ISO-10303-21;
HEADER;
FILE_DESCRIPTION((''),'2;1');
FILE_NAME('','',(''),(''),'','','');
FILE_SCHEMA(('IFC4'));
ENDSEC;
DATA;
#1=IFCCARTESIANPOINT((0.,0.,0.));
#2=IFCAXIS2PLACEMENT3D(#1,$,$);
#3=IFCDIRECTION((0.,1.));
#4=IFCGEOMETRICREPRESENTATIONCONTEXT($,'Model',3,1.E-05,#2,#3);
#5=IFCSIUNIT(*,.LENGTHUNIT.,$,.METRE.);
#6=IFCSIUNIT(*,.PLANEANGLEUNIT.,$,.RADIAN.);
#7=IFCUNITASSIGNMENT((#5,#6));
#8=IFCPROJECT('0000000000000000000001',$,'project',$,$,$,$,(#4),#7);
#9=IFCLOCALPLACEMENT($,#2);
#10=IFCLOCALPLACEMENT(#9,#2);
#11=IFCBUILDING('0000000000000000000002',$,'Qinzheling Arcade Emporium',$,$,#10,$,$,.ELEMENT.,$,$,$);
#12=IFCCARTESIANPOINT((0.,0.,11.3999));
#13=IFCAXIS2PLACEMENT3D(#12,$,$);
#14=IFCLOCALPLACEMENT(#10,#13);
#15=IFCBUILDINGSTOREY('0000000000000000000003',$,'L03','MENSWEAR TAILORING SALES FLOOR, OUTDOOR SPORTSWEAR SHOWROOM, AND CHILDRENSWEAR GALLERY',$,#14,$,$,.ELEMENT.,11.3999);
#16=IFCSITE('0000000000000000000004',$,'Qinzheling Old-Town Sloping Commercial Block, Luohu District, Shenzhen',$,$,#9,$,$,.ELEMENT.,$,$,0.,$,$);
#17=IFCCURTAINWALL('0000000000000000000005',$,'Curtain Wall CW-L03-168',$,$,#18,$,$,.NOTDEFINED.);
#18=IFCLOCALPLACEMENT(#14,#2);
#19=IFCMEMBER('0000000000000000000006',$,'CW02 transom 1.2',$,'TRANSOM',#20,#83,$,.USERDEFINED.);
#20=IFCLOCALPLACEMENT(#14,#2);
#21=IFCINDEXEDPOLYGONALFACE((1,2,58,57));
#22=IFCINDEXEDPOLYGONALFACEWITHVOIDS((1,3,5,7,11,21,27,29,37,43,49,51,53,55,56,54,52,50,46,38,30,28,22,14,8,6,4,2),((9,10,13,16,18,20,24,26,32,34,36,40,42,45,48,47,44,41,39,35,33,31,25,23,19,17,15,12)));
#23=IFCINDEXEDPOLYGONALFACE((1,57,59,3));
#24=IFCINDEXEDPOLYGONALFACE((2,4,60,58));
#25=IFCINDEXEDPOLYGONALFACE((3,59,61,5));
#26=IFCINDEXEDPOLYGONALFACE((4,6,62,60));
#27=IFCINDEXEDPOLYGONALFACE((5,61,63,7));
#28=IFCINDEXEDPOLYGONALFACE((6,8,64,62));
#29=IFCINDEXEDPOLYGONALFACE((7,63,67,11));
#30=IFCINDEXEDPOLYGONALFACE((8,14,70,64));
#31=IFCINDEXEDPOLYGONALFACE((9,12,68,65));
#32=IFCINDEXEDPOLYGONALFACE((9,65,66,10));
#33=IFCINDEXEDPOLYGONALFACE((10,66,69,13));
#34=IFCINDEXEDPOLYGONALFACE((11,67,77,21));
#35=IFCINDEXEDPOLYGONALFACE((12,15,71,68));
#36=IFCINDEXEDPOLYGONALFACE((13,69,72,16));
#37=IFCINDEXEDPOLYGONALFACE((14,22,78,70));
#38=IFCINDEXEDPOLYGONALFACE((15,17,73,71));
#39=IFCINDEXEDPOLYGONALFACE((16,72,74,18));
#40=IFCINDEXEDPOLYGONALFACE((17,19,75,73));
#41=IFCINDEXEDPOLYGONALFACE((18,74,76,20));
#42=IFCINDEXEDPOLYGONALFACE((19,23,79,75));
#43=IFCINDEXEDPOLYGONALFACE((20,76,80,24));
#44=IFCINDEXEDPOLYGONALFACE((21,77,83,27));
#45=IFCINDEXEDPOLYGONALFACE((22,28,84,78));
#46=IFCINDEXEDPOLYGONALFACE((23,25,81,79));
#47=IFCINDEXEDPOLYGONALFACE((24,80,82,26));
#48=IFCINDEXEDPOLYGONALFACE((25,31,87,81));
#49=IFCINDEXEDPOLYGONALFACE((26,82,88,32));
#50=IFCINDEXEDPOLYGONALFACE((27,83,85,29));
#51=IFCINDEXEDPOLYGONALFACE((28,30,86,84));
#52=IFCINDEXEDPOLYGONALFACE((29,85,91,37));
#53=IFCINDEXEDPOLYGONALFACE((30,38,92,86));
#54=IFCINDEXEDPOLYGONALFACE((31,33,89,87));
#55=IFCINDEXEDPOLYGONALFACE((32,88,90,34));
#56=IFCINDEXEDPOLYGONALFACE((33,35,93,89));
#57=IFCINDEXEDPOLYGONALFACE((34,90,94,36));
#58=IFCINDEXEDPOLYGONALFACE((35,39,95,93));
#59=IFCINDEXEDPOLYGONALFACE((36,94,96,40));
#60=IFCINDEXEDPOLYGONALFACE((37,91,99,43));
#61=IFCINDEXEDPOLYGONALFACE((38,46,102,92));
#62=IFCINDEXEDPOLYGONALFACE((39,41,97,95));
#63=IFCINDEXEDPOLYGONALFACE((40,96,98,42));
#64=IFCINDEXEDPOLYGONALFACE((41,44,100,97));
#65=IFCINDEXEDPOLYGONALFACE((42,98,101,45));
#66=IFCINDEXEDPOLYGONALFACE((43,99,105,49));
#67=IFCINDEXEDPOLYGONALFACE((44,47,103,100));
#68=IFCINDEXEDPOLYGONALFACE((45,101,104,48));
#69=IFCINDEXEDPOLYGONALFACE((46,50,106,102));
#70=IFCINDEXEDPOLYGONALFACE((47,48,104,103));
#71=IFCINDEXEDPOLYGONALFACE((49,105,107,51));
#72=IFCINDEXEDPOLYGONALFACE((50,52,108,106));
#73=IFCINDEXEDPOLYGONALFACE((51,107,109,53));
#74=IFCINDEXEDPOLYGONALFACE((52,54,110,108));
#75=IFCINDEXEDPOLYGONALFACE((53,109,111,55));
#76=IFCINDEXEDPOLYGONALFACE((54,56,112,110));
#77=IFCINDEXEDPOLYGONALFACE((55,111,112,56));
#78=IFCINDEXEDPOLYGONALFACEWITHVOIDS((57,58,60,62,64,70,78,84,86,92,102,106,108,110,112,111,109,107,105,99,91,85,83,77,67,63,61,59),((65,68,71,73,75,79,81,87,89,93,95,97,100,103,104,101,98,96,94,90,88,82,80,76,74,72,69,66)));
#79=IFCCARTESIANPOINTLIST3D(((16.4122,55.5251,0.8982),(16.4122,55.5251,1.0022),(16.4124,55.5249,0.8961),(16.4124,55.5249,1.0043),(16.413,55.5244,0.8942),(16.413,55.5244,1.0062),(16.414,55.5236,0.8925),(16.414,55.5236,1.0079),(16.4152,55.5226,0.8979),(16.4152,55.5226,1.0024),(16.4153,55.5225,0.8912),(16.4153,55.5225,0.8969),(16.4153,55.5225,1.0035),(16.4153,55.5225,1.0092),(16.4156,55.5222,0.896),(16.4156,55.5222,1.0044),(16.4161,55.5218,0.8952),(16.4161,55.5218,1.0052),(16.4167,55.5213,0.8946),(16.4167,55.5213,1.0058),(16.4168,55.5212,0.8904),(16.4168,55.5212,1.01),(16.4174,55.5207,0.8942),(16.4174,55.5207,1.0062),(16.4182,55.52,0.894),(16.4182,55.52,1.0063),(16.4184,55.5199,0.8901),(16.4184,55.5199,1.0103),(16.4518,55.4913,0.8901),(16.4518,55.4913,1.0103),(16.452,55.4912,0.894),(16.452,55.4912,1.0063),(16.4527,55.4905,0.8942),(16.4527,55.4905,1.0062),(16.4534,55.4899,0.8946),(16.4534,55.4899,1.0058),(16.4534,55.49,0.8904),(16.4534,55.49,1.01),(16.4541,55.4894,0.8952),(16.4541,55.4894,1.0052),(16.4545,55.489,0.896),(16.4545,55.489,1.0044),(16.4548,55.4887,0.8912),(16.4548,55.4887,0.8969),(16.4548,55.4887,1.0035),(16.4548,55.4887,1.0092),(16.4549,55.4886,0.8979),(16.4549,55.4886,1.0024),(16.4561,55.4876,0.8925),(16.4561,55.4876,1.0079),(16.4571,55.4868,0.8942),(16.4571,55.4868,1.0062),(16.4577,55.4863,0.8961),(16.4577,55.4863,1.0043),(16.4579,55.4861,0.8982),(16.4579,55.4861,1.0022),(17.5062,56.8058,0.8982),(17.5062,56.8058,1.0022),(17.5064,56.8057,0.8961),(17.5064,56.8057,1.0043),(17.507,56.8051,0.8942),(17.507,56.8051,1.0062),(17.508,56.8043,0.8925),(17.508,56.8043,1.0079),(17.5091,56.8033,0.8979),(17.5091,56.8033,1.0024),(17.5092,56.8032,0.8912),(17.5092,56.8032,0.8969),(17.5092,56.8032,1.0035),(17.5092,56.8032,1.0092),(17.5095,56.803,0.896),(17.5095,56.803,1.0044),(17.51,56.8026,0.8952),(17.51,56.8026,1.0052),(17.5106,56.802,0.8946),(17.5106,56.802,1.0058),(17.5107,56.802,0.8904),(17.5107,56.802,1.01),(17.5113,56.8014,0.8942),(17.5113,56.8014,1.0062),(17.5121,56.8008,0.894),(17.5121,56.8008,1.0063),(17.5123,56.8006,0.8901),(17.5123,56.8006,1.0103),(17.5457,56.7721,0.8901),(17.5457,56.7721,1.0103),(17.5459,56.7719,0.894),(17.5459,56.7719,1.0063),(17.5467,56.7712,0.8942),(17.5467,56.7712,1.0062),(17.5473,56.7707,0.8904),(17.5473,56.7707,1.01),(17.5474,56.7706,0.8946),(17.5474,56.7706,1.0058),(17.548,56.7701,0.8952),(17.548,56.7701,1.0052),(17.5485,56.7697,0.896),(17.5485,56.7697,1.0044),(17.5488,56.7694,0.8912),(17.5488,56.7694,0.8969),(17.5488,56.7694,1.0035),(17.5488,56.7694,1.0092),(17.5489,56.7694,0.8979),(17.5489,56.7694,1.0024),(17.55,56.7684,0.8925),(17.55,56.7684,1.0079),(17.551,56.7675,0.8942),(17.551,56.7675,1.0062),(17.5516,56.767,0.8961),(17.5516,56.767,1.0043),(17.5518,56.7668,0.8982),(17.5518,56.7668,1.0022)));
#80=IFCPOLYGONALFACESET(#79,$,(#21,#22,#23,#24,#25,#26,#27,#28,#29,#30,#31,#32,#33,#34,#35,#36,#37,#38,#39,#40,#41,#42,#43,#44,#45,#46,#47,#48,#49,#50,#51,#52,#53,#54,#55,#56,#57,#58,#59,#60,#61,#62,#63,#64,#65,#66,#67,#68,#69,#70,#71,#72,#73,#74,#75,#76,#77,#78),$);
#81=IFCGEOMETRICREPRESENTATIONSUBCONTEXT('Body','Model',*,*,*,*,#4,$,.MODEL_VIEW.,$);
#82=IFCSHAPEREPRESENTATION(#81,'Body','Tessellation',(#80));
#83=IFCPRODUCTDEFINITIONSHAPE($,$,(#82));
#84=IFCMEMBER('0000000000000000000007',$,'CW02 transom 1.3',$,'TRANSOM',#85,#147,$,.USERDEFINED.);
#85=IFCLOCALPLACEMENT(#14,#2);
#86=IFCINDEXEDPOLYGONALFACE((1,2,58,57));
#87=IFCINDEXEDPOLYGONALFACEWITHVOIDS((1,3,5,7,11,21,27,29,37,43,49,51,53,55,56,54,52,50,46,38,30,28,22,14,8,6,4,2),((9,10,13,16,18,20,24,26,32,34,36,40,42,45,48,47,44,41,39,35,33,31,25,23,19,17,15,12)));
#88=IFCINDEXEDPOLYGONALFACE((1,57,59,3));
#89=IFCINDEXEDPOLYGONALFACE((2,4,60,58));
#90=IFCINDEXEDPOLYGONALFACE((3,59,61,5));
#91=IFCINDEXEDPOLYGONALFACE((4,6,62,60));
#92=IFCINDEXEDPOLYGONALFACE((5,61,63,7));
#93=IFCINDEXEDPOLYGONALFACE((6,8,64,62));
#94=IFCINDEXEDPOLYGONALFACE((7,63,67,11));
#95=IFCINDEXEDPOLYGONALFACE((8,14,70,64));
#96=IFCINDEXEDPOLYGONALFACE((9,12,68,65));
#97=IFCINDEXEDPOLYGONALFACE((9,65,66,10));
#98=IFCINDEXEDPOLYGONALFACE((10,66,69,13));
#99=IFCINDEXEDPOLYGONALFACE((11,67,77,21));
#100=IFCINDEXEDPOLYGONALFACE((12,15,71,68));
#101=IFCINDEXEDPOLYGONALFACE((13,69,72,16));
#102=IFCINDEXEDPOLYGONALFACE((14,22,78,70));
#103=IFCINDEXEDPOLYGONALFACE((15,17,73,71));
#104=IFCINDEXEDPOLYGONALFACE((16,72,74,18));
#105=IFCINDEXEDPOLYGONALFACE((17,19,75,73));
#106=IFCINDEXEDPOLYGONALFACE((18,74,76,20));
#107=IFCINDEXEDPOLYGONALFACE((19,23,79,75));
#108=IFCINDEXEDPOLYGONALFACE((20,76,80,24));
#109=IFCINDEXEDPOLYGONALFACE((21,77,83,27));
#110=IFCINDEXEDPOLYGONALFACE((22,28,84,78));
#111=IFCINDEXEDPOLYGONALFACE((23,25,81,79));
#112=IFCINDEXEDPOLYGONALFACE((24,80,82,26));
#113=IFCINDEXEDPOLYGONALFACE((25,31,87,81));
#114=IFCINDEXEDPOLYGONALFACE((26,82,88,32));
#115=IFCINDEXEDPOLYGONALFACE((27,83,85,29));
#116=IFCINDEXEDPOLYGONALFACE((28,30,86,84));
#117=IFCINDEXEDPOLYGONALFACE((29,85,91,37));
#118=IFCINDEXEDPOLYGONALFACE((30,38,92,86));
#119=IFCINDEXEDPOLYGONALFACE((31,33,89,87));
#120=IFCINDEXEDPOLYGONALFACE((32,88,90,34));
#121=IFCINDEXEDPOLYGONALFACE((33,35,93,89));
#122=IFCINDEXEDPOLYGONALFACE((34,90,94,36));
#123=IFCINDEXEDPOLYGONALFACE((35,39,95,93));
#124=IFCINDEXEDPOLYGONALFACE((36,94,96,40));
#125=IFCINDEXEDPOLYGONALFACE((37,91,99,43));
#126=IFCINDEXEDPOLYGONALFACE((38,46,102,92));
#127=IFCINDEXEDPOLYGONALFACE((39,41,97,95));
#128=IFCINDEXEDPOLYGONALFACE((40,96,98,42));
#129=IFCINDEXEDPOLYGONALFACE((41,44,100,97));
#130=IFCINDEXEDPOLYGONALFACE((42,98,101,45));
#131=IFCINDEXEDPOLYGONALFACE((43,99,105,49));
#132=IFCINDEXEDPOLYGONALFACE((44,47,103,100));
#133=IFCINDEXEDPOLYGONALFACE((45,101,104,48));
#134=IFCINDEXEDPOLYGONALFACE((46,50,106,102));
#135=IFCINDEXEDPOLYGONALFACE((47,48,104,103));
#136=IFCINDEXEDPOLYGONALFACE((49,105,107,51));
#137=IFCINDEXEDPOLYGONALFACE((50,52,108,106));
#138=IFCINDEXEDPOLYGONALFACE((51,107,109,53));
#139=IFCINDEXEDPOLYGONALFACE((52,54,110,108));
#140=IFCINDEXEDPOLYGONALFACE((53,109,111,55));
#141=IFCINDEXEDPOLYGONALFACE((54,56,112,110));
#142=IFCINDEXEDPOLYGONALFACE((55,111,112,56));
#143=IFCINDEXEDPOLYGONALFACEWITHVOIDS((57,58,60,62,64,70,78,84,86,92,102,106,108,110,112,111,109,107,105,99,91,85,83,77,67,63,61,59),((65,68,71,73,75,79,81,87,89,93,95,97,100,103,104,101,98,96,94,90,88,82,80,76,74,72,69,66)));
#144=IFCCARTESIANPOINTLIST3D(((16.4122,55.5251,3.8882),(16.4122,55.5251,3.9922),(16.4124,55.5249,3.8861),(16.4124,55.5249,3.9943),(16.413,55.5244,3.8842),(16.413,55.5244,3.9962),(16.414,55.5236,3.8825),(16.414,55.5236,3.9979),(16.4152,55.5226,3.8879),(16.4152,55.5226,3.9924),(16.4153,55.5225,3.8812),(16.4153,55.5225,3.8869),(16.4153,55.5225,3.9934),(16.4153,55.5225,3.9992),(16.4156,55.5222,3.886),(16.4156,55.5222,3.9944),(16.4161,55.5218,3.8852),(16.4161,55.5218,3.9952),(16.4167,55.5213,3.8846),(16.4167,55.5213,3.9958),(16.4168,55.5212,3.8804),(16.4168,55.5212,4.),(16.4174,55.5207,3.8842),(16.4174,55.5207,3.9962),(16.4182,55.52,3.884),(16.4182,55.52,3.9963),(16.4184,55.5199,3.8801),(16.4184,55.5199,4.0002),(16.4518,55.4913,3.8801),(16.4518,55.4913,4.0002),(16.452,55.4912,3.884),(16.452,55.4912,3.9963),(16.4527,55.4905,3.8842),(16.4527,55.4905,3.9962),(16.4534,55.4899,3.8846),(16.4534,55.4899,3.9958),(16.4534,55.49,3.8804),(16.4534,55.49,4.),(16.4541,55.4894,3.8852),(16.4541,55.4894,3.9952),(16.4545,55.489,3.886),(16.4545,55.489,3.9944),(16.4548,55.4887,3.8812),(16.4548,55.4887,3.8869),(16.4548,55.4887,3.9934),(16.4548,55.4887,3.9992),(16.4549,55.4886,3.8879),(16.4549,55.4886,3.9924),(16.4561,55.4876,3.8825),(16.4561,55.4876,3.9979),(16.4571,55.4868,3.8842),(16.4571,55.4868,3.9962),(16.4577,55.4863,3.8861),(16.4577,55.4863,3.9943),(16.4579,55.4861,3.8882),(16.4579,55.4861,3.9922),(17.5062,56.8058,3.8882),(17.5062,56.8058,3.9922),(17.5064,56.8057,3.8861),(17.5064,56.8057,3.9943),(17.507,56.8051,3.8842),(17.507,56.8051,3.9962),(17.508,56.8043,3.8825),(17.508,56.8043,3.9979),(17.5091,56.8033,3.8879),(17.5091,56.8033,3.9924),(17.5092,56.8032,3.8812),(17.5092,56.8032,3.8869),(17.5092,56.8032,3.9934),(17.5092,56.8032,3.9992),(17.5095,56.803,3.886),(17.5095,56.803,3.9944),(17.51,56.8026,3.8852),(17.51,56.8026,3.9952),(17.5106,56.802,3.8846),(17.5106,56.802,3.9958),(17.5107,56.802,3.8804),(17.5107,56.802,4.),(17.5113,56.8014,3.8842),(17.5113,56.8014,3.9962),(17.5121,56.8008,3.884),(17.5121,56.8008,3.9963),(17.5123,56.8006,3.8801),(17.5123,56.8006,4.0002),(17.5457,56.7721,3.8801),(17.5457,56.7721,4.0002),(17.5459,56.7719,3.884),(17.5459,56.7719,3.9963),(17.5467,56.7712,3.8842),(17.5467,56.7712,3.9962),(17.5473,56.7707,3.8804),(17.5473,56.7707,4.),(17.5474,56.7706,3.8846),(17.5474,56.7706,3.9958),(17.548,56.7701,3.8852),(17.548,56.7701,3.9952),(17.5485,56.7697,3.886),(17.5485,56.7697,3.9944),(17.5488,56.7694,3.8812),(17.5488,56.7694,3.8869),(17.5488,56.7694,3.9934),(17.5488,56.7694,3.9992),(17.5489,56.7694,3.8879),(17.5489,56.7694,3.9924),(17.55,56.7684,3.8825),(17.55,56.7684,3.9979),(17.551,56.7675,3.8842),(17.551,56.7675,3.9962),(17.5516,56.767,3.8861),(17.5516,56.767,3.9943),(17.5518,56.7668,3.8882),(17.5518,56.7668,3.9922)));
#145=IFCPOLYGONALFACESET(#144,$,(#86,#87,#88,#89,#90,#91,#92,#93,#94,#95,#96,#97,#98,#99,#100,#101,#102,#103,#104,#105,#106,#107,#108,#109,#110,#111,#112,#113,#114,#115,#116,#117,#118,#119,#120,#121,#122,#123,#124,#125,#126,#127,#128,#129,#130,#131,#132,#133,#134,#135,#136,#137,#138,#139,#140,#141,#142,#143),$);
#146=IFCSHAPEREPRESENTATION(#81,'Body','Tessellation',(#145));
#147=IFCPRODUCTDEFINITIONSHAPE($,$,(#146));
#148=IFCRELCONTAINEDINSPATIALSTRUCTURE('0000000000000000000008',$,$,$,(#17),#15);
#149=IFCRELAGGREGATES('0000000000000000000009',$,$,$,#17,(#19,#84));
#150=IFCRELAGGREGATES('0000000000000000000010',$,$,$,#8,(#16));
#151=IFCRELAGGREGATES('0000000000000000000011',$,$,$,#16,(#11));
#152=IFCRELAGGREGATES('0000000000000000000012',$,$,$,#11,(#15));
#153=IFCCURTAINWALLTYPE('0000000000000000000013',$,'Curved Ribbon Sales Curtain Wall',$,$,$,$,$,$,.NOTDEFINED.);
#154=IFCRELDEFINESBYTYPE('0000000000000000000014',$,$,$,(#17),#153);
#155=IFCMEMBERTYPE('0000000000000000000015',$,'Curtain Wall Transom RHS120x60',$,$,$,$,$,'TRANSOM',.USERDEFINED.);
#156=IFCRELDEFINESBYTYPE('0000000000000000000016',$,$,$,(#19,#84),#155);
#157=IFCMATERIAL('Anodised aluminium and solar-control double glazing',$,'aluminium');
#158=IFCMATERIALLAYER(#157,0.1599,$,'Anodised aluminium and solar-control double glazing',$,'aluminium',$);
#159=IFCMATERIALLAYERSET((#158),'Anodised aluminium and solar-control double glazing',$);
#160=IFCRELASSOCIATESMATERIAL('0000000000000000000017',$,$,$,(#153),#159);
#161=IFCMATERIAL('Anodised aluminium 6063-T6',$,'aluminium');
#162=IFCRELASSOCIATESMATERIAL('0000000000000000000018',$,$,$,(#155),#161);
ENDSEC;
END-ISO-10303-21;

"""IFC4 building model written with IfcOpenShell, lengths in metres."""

from ifc_helpers import new_model, si_unit, direction, frame, origin, origin_2d, place, context, subcontext, project, spatial, hollow_rectangle, extrude, material, layer, layer_set, material_profile, profile_set, type_object, element, aggregate, save


model = new_model("IFC4")

# Units and contexts
model_context = context("Model", 3, precision=1e-05, world=origin(), true_north=direction((0.0, 1.0)))
body_context = subcontext(model_context, "Body", "Model", "MODEL_VIEW")
ifc_project = project(units=[si_unit("LENGTHUNIT", "METRE"), si_unit("PLANEANGLEUNIT", "RADIAN")], contexts=[model_context])

# Site, building, storey
site_placement = place(None, origin())
site = spatial("IfcSite", under=ifc_project, at=site_placement, Name="Qinzheling Old-Town Sloping Commercial Block, Luohu District, Shenzhen", CompositionType="ELEMENT", RefElevation=0.0)
building_placement = place(site_placement, origin())
building = spatial("IfcBuilding", under=site, at=building_placement, Name="Qinzheling Arcade Emporium", CompositionType="ELEMENT")
storey_placement = place(building_placement, frame((0.0, 0.0, 11.3999)))
storey = spatial("IfcBuildingStorey", under=building, at=storey_placement, Name="L03", Description="MENSWEAR TAILORING SALES FLOOR, OUTDOOR SPORTSWEAR SHOWROOM, AND CHILDRENSWEAR GALLERY", CompositionType="ELEMENT", Elevation=11.3999)

# Shared definitions
ifc_material_1 = material(Name="Anodised aluminium and solar-control double glazing", Category="aluminium")
ifc_layer_1 = layer(ifc_material_1, 0.1599, Name="Anodised aluminium and solar-control double glazing", Category="aluminium")
ifc_layer_set_1 = layer_set([ifc_layer_1], Name="Anodised aluminium and solar-control double glazing")
curtain_wall_type = type_object("IfcCurtainWallType", Name="Curved Ribbon Sales Curtain Wall", PredefinedType="NOTDEFINED", material=ifc_layer_set_1)
ifc_material_2 = material(Name="Anodised aluminium 6063-T6", Category="aluminium")

# Curtain wall
curtain_wall_1_placement = place(storey_placement, origin())
curtain_wall_1 = element("IfcCurtainWall", 1, at=curtain_wall_1_placement, inside=storey, type_object=curtain_wall_type, Name="Curtain Wall CW-L03-168", PredefinedType="NOTDEFINED")

# Members
ifc_material_profile_1 = material_profile(ifc_material_2, hollow_rectangle(XDim=0.0601, YDim=0.1201, WallThickness=0.0039, InnerFilletRadius=0.0039, OuterFilletRadius=0.0081, at=origin_2d()), Name="RHS 120x60x4", Category="aluminium")
ifc_profile_set_1 = profile_set([ifc_material_profile_1], Name="Anodised aluminium 6063-T6")
member_type_1 = type_object("IfcMemberType", Name="Curtain Wall Transom RHS120x60", ElementType="TRANSOM", PredefinedType="USERDEFINED", material=ifc_profile_set_1)
member_1_placement = place(storey_placement, frame((16.4351, 55.5056, 0.9502), z_axis=(0.649489, 0.760371, 0.0), x_axis=(-0.760371, 0.649489, 0.0)))
member_1 = element("IfcMember", 2, at=member_1_placement, type_object=member_type_1, Name="CW02 transom 1.2", ObjectType="TRANSOM", PredefinedType="USERDEFINED", context=body_context, shape_type="SweptSolid", body=[
    extrude(hollow_rectangle(XDim=0.0601, YDim=0.1201, WallThickness=0.0039, InnerFilletRadius=0.0039, OuterFilletRadius=0.0081, at=origin_2d()), origin(), (0.0, 0.0, 1.0), 1.6843),
])
member_2_placement = place(storey_placement, frame((16.4351, 55.5056, 3.9402), z_axis=(0.649489, 0.760371, 0.0), x_axis=(-0.760371, 0.649489, 0.0)))
member_2 = element("IfcMember", 3, at=member_2_placement, type_object=member_type_1, Name="CW02 transom 1.3", ObjectType="TRANSOM", PredefinedType="USERDEFINED", context=body_context, shape_type="SweptSolid", body=[
    extrude(hollow_rectangle(XDim=0.0601, YDim=0.1201, WallThickness=0.0039, InnerFilletRadius=0.0039, OuterFilletRadius=0.0081, at=origin_2d()), origin(), (0.0, 0.0, 1.0), 1.6843),
])

aggregate(curtain_wall_1, [member_1, member_2])

save(model, "model.ifc")
